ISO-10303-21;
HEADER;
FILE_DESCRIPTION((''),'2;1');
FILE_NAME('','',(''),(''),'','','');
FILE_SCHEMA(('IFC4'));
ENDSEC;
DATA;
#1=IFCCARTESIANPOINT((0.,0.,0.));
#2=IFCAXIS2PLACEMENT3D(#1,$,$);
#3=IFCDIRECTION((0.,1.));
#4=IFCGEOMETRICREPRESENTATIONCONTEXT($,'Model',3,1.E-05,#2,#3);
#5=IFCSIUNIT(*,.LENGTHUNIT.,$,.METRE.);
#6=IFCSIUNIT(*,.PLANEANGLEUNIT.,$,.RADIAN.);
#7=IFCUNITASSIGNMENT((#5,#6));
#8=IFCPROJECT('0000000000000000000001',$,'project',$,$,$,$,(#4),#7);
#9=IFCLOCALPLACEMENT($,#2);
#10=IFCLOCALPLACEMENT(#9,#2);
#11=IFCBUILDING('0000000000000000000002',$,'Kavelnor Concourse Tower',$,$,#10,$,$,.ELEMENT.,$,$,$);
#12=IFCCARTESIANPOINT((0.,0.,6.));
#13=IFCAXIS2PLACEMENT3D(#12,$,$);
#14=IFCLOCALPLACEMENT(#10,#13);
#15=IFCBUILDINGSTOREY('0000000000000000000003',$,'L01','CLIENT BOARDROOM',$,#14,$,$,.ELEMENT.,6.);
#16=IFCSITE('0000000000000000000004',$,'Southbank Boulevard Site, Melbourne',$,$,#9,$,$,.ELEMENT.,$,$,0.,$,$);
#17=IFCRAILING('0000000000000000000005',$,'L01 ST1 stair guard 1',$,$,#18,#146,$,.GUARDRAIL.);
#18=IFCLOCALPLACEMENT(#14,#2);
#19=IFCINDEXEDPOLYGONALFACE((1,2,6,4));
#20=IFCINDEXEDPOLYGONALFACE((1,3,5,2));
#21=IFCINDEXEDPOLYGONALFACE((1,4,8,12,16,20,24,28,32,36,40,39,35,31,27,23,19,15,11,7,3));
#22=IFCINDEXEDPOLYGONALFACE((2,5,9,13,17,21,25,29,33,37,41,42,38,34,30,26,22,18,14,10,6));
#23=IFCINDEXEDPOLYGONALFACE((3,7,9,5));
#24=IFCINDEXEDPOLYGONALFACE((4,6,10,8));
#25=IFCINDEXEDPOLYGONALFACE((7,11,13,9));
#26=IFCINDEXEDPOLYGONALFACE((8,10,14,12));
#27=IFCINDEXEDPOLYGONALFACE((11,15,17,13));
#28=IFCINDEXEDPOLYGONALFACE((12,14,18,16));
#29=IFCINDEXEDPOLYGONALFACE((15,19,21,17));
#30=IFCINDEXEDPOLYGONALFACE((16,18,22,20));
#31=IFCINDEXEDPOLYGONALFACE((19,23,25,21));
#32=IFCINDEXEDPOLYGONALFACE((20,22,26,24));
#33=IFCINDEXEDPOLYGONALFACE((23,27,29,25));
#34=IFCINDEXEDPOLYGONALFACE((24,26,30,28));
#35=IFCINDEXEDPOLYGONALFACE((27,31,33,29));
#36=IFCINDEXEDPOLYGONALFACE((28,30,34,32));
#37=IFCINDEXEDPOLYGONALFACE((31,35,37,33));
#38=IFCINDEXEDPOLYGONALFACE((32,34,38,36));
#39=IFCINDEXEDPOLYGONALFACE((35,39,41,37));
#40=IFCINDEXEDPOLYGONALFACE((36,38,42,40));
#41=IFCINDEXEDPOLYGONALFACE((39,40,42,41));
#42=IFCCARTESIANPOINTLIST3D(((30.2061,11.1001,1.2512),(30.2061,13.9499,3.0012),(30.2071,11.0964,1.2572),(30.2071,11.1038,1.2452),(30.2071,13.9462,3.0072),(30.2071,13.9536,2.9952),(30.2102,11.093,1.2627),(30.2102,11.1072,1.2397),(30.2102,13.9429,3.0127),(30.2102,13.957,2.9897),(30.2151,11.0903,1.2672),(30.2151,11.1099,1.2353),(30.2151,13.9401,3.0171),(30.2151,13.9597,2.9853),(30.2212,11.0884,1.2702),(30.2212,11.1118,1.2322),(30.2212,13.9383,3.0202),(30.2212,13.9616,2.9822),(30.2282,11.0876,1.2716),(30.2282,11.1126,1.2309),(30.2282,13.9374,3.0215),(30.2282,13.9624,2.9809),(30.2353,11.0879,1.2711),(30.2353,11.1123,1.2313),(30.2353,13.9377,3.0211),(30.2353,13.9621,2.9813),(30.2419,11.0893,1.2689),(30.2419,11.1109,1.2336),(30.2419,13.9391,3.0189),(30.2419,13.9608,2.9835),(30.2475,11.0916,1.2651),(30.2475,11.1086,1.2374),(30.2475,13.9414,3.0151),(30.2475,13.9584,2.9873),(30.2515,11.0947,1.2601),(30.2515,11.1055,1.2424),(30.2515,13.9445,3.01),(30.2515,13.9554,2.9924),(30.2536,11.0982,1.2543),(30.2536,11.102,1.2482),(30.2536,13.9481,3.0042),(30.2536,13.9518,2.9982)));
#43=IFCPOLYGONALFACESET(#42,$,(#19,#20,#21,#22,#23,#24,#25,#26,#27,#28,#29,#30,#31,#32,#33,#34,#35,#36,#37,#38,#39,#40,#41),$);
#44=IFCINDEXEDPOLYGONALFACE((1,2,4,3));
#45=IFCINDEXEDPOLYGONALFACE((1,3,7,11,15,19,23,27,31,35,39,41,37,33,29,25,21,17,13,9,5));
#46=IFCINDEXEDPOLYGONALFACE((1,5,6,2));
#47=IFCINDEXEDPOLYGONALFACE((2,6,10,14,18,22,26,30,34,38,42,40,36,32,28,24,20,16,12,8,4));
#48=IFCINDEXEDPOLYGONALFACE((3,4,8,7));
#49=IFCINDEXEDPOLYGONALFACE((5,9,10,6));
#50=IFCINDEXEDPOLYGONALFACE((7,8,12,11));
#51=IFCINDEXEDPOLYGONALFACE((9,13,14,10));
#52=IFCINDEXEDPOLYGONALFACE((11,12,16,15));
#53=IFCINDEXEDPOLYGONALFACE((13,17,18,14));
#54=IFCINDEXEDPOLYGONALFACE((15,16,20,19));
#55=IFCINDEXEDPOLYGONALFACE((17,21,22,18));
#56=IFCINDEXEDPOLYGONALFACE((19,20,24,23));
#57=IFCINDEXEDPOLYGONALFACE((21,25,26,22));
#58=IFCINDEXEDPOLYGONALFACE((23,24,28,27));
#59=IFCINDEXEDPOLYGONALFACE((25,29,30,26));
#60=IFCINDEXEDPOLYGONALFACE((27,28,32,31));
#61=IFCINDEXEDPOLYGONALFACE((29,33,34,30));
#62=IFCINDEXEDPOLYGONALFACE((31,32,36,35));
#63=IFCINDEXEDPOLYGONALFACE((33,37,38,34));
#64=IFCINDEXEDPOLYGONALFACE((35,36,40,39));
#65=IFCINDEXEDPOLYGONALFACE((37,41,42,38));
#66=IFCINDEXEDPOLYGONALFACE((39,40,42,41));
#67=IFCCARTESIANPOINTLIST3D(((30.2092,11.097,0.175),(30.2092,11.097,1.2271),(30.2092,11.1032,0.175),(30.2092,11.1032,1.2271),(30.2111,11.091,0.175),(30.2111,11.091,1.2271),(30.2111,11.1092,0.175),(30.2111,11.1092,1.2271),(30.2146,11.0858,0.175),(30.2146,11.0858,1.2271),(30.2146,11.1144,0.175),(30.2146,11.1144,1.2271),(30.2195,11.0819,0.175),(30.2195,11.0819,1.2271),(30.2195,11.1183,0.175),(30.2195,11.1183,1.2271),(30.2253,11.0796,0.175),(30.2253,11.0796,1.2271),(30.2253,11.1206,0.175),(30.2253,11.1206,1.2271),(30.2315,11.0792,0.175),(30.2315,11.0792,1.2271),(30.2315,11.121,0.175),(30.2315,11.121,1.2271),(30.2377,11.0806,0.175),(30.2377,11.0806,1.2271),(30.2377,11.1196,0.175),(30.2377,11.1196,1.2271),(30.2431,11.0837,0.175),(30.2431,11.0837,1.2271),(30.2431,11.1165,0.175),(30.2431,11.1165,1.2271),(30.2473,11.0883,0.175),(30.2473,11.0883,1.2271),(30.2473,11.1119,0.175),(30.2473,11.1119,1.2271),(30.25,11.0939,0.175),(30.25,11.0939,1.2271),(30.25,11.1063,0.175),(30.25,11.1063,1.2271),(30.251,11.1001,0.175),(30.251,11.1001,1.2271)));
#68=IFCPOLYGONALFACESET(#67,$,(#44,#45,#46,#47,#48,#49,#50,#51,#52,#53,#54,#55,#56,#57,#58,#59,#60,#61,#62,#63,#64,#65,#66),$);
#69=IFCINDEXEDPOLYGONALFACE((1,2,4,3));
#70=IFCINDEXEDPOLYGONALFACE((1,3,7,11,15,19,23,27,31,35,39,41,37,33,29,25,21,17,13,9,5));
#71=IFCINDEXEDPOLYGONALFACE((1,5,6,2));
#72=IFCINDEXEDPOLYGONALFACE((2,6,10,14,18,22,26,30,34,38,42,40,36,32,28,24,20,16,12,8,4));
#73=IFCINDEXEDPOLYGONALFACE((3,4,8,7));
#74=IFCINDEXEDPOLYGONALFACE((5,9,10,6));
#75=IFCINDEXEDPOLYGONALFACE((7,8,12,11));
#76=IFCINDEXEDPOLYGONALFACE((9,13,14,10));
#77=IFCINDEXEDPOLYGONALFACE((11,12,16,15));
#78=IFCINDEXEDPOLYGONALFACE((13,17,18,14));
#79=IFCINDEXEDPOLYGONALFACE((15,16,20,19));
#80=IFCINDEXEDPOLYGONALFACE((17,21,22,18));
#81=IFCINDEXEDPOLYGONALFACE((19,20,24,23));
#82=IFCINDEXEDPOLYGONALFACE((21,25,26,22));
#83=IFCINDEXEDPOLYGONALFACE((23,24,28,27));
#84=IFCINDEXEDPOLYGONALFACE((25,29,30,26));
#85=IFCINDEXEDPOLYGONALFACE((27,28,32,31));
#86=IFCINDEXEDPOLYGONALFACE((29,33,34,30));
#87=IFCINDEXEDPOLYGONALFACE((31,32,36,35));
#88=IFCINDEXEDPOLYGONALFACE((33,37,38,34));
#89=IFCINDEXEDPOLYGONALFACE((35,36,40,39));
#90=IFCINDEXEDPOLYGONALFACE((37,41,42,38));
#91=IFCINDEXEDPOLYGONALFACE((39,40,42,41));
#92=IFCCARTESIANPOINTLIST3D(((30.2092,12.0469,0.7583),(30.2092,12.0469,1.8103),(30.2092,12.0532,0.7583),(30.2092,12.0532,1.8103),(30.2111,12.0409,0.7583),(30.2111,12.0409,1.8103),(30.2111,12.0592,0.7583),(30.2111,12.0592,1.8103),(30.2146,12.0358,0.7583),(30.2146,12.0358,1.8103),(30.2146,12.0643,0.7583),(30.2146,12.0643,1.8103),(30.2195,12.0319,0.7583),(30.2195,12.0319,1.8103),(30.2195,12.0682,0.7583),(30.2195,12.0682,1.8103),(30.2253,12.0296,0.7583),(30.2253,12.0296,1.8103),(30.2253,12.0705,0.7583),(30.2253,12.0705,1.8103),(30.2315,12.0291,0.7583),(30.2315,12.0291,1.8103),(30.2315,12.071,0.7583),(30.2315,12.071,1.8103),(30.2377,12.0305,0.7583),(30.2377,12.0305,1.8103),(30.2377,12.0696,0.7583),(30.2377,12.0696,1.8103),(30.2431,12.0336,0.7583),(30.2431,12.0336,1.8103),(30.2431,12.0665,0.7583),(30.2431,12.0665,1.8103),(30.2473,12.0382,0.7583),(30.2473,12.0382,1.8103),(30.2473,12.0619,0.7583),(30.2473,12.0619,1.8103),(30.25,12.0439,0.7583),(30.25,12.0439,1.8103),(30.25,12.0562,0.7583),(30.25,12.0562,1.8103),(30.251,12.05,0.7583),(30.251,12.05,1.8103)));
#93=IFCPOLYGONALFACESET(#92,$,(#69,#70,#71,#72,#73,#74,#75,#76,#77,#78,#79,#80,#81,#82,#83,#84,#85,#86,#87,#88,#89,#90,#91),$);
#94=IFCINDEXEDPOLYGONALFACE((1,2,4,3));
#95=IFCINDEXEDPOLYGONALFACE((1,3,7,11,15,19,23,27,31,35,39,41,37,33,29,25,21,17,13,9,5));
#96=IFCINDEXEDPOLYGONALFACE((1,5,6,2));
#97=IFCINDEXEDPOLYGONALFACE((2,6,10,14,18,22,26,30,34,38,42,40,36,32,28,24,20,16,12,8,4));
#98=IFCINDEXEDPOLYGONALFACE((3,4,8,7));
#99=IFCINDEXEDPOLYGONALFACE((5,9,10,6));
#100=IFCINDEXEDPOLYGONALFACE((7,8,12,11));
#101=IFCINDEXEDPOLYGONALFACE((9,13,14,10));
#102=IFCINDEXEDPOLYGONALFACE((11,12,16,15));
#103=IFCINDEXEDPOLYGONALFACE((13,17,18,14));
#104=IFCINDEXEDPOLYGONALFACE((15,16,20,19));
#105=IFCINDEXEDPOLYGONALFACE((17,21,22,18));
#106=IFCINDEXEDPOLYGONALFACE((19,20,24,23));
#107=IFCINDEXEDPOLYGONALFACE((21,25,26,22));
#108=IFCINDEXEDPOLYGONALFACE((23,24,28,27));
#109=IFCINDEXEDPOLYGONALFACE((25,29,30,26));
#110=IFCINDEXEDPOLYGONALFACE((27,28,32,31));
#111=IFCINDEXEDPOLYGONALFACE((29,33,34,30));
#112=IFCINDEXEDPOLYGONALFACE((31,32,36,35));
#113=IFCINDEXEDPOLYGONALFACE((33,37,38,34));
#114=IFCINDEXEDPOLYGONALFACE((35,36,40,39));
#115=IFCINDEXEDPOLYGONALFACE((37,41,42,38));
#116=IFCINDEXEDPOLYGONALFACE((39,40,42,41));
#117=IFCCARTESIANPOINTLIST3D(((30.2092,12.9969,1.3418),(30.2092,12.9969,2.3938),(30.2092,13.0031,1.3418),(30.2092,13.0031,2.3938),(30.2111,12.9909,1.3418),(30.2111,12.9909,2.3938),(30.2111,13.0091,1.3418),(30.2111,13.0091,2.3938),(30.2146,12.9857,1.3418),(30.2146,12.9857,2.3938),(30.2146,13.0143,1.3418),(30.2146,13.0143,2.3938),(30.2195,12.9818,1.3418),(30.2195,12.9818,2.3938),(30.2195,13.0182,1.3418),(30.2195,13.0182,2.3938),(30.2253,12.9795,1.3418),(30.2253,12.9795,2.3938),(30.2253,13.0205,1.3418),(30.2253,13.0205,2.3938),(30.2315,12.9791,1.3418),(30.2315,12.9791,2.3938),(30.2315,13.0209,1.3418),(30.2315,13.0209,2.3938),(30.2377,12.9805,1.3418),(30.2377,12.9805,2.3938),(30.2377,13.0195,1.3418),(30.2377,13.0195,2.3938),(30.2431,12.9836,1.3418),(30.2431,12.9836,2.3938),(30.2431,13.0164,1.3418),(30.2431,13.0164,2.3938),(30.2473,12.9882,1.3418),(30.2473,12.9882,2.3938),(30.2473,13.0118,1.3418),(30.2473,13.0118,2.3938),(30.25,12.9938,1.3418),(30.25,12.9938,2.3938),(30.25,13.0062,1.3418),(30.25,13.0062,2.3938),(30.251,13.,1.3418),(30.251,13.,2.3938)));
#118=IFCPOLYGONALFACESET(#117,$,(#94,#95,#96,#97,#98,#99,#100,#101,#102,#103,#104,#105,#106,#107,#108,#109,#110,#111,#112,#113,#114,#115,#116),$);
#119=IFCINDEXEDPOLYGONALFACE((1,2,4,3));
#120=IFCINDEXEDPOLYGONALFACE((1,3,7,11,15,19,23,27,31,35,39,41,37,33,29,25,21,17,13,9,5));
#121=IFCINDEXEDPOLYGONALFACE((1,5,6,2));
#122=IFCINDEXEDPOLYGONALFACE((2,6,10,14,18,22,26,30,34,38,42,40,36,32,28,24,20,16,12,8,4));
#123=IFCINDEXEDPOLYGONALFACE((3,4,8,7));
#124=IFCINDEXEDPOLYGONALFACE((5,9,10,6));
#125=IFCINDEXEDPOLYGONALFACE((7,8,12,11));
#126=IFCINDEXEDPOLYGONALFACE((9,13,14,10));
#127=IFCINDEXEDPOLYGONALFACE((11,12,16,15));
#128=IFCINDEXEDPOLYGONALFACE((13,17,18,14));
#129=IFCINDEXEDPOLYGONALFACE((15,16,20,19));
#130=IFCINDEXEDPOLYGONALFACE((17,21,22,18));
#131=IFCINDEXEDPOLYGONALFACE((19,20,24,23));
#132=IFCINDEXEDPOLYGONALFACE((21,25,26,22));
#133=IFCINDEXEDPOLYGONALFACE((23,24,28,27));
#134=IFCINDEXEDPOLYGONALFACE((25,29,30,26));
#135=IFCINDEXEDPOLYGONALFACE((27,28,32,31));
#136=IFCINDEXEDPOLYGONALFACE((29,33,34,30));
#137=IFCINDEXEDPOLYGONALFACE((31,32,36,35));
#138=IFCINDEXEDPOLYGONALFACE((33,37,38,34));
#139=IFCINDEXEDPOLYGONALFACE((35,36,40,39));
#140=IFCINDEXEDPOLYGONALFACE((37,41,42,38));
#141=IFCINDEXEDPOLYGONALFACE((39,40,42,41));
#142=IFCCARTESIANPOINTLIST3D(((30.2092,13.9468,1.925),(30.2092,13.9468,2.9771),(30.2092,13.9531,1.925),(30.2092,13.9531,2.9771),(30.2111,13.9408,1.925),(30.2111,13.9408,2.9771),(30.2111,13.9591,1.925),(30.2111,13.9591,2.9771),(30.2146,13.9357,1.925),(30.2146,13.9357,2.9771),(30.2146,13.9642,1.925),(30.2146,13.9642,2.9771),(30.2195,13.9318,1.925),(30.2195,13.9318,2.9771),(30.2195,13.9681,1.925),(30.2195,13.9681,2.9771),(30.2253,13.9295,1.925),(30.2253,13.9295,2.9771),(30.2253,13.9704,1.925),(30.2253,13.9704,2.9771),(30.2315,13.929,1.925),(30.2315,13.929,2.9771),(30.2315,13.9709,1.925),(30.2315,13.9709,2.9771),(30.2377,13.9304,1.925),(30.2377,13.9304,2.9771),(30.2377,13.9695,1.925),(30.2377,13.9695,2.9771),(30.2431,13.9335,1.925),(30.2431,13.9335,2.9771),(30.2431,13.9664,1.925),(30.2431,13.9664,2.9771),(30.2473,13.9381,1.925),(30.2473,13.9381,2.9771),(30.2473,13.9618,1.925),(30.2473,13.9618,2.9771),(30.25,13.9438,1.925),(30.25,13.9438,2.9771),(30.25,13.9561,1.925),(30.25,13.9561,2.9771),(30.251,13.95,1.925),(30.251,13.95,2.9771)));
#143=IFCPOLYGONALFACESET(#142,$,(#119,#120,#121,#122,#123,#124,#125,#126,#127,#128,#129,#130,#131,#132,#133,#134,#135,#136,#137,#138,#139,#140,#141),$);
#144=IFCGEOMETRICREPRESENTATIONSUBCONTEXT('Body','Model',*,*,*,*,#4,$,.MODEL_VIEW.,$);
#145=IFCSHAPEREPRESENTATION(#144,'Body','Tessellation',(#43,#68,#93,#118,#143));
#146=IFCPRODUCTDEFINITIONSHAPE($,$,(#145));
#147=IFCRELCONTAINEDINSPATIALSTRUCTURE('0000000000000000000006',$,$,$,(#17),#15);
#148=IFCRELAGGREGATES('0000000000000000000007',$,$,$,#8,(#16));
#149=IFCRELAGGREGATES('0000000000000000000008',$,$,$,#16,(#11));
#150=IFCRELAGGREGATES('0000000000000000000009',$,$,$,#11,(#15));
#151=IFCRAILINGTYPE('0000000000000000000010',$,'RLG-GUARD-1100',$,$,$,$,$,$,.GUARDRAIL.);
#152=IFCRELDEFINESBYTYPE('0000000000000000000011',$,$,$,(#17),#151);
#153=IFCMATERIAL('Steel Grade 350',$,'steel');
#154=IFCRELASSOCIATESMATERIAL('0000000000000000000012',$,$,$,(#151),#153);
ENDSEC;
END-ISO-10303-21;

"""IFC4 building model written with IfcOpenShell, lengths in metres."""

from ifc_helpers import new_model, si_unit, direction, frame, origin, origin_2d, place, context, subcontext, project, spatial, circle, extrude, material, type_object, element, save


model = new_model("IFC4")

# Units and contexts
model_context = context("Model", 3, precision=1e-05, world=origin(), true_north=direction((0.0, 1.0)))
body_context = subcontext(model_context, "Body", "Model", "MODEL_VIEW")
ifc_project = project(units=[si_unit("LENGTHUNIT", "METRE"), si_unit("PLANEANGLEUNIT", "RADIAN")], contexts=[model_context])

# Site, building, storey
site_placement = place(None, origin())
site = spatial("IfcSite", under=ifc_project, at=site_placement, Name="Southbank Boulevard Site, Melbourne", CompositionType="ELEMENT", RefElevation=0.0)
building_placement = place(site_placement, origin())
building = spatial("IfcBuilding", under=site, at=building_placement, Name="Kavelnor Concourse Tower", CompositionType="ELEMENT")
storey_placement = place(building_placement, frame((0.0, 0.0, 6.0)))
storey = spatial("IfcBuildingStorey", under=building, at=storey_placement, Name="L01", Description="CLIENT BOARDROOM", CompositionType="ELEMENT", Elevation=6.0)

# Shared definitions
ifc_material_1 = material(Name="Steel Grade 350", Category="steel")

# Railing
railing_type_1 = type_object("IfcRailingType", Name="RLG-GUARD-1100", PredefinedType="GUARDRAIL", material=ifc_material_1)
railing_1_placement = place(storey_placement, frame((30.23, 11.1001, 0.175)))
element("IfcRailing", 1, at=railing_1_placement, inside=storey, type_object=railing_type_1, Name="L01 ST1 stair guard 1", PredefinedType="GUARDRAIL", context=body_context, shape_type="SweptSolid", body=[
    extrude(circle(Radius=0.0239, at=origin_2d()), frame((0.0, 0.0, 1.0762), z_axis=(0.0, 0.852159, 0.523283), x_axis=(-1.0, 0.0, 0.0)), (0.0, 0.0, 1.0), 3.3442),
    extrude(circle(Radius=0.021, at=origin_2d()), origin(), (0.0, 0.0, 1.0), 1.052),
    extrude(circle(Radius=0.021, at=origin_2d()), frame((0.0, 0.95, 0.5833)), (0.0, 0.0, 1.0), 1.052),
    extrude(circle(Radius=0.021, at=origin_2d()), frame((0.0, 1.8999, 1.1667)), (0.0, 0.0, 1.0), 1.052),
    extrude(circle(Radius=0.021, at=origin_2d()), frame((0.0, 2.8499, 1.75)), (0.0, 0.0, 1.0), 1.052),
])

save(model, "model.ifc")
